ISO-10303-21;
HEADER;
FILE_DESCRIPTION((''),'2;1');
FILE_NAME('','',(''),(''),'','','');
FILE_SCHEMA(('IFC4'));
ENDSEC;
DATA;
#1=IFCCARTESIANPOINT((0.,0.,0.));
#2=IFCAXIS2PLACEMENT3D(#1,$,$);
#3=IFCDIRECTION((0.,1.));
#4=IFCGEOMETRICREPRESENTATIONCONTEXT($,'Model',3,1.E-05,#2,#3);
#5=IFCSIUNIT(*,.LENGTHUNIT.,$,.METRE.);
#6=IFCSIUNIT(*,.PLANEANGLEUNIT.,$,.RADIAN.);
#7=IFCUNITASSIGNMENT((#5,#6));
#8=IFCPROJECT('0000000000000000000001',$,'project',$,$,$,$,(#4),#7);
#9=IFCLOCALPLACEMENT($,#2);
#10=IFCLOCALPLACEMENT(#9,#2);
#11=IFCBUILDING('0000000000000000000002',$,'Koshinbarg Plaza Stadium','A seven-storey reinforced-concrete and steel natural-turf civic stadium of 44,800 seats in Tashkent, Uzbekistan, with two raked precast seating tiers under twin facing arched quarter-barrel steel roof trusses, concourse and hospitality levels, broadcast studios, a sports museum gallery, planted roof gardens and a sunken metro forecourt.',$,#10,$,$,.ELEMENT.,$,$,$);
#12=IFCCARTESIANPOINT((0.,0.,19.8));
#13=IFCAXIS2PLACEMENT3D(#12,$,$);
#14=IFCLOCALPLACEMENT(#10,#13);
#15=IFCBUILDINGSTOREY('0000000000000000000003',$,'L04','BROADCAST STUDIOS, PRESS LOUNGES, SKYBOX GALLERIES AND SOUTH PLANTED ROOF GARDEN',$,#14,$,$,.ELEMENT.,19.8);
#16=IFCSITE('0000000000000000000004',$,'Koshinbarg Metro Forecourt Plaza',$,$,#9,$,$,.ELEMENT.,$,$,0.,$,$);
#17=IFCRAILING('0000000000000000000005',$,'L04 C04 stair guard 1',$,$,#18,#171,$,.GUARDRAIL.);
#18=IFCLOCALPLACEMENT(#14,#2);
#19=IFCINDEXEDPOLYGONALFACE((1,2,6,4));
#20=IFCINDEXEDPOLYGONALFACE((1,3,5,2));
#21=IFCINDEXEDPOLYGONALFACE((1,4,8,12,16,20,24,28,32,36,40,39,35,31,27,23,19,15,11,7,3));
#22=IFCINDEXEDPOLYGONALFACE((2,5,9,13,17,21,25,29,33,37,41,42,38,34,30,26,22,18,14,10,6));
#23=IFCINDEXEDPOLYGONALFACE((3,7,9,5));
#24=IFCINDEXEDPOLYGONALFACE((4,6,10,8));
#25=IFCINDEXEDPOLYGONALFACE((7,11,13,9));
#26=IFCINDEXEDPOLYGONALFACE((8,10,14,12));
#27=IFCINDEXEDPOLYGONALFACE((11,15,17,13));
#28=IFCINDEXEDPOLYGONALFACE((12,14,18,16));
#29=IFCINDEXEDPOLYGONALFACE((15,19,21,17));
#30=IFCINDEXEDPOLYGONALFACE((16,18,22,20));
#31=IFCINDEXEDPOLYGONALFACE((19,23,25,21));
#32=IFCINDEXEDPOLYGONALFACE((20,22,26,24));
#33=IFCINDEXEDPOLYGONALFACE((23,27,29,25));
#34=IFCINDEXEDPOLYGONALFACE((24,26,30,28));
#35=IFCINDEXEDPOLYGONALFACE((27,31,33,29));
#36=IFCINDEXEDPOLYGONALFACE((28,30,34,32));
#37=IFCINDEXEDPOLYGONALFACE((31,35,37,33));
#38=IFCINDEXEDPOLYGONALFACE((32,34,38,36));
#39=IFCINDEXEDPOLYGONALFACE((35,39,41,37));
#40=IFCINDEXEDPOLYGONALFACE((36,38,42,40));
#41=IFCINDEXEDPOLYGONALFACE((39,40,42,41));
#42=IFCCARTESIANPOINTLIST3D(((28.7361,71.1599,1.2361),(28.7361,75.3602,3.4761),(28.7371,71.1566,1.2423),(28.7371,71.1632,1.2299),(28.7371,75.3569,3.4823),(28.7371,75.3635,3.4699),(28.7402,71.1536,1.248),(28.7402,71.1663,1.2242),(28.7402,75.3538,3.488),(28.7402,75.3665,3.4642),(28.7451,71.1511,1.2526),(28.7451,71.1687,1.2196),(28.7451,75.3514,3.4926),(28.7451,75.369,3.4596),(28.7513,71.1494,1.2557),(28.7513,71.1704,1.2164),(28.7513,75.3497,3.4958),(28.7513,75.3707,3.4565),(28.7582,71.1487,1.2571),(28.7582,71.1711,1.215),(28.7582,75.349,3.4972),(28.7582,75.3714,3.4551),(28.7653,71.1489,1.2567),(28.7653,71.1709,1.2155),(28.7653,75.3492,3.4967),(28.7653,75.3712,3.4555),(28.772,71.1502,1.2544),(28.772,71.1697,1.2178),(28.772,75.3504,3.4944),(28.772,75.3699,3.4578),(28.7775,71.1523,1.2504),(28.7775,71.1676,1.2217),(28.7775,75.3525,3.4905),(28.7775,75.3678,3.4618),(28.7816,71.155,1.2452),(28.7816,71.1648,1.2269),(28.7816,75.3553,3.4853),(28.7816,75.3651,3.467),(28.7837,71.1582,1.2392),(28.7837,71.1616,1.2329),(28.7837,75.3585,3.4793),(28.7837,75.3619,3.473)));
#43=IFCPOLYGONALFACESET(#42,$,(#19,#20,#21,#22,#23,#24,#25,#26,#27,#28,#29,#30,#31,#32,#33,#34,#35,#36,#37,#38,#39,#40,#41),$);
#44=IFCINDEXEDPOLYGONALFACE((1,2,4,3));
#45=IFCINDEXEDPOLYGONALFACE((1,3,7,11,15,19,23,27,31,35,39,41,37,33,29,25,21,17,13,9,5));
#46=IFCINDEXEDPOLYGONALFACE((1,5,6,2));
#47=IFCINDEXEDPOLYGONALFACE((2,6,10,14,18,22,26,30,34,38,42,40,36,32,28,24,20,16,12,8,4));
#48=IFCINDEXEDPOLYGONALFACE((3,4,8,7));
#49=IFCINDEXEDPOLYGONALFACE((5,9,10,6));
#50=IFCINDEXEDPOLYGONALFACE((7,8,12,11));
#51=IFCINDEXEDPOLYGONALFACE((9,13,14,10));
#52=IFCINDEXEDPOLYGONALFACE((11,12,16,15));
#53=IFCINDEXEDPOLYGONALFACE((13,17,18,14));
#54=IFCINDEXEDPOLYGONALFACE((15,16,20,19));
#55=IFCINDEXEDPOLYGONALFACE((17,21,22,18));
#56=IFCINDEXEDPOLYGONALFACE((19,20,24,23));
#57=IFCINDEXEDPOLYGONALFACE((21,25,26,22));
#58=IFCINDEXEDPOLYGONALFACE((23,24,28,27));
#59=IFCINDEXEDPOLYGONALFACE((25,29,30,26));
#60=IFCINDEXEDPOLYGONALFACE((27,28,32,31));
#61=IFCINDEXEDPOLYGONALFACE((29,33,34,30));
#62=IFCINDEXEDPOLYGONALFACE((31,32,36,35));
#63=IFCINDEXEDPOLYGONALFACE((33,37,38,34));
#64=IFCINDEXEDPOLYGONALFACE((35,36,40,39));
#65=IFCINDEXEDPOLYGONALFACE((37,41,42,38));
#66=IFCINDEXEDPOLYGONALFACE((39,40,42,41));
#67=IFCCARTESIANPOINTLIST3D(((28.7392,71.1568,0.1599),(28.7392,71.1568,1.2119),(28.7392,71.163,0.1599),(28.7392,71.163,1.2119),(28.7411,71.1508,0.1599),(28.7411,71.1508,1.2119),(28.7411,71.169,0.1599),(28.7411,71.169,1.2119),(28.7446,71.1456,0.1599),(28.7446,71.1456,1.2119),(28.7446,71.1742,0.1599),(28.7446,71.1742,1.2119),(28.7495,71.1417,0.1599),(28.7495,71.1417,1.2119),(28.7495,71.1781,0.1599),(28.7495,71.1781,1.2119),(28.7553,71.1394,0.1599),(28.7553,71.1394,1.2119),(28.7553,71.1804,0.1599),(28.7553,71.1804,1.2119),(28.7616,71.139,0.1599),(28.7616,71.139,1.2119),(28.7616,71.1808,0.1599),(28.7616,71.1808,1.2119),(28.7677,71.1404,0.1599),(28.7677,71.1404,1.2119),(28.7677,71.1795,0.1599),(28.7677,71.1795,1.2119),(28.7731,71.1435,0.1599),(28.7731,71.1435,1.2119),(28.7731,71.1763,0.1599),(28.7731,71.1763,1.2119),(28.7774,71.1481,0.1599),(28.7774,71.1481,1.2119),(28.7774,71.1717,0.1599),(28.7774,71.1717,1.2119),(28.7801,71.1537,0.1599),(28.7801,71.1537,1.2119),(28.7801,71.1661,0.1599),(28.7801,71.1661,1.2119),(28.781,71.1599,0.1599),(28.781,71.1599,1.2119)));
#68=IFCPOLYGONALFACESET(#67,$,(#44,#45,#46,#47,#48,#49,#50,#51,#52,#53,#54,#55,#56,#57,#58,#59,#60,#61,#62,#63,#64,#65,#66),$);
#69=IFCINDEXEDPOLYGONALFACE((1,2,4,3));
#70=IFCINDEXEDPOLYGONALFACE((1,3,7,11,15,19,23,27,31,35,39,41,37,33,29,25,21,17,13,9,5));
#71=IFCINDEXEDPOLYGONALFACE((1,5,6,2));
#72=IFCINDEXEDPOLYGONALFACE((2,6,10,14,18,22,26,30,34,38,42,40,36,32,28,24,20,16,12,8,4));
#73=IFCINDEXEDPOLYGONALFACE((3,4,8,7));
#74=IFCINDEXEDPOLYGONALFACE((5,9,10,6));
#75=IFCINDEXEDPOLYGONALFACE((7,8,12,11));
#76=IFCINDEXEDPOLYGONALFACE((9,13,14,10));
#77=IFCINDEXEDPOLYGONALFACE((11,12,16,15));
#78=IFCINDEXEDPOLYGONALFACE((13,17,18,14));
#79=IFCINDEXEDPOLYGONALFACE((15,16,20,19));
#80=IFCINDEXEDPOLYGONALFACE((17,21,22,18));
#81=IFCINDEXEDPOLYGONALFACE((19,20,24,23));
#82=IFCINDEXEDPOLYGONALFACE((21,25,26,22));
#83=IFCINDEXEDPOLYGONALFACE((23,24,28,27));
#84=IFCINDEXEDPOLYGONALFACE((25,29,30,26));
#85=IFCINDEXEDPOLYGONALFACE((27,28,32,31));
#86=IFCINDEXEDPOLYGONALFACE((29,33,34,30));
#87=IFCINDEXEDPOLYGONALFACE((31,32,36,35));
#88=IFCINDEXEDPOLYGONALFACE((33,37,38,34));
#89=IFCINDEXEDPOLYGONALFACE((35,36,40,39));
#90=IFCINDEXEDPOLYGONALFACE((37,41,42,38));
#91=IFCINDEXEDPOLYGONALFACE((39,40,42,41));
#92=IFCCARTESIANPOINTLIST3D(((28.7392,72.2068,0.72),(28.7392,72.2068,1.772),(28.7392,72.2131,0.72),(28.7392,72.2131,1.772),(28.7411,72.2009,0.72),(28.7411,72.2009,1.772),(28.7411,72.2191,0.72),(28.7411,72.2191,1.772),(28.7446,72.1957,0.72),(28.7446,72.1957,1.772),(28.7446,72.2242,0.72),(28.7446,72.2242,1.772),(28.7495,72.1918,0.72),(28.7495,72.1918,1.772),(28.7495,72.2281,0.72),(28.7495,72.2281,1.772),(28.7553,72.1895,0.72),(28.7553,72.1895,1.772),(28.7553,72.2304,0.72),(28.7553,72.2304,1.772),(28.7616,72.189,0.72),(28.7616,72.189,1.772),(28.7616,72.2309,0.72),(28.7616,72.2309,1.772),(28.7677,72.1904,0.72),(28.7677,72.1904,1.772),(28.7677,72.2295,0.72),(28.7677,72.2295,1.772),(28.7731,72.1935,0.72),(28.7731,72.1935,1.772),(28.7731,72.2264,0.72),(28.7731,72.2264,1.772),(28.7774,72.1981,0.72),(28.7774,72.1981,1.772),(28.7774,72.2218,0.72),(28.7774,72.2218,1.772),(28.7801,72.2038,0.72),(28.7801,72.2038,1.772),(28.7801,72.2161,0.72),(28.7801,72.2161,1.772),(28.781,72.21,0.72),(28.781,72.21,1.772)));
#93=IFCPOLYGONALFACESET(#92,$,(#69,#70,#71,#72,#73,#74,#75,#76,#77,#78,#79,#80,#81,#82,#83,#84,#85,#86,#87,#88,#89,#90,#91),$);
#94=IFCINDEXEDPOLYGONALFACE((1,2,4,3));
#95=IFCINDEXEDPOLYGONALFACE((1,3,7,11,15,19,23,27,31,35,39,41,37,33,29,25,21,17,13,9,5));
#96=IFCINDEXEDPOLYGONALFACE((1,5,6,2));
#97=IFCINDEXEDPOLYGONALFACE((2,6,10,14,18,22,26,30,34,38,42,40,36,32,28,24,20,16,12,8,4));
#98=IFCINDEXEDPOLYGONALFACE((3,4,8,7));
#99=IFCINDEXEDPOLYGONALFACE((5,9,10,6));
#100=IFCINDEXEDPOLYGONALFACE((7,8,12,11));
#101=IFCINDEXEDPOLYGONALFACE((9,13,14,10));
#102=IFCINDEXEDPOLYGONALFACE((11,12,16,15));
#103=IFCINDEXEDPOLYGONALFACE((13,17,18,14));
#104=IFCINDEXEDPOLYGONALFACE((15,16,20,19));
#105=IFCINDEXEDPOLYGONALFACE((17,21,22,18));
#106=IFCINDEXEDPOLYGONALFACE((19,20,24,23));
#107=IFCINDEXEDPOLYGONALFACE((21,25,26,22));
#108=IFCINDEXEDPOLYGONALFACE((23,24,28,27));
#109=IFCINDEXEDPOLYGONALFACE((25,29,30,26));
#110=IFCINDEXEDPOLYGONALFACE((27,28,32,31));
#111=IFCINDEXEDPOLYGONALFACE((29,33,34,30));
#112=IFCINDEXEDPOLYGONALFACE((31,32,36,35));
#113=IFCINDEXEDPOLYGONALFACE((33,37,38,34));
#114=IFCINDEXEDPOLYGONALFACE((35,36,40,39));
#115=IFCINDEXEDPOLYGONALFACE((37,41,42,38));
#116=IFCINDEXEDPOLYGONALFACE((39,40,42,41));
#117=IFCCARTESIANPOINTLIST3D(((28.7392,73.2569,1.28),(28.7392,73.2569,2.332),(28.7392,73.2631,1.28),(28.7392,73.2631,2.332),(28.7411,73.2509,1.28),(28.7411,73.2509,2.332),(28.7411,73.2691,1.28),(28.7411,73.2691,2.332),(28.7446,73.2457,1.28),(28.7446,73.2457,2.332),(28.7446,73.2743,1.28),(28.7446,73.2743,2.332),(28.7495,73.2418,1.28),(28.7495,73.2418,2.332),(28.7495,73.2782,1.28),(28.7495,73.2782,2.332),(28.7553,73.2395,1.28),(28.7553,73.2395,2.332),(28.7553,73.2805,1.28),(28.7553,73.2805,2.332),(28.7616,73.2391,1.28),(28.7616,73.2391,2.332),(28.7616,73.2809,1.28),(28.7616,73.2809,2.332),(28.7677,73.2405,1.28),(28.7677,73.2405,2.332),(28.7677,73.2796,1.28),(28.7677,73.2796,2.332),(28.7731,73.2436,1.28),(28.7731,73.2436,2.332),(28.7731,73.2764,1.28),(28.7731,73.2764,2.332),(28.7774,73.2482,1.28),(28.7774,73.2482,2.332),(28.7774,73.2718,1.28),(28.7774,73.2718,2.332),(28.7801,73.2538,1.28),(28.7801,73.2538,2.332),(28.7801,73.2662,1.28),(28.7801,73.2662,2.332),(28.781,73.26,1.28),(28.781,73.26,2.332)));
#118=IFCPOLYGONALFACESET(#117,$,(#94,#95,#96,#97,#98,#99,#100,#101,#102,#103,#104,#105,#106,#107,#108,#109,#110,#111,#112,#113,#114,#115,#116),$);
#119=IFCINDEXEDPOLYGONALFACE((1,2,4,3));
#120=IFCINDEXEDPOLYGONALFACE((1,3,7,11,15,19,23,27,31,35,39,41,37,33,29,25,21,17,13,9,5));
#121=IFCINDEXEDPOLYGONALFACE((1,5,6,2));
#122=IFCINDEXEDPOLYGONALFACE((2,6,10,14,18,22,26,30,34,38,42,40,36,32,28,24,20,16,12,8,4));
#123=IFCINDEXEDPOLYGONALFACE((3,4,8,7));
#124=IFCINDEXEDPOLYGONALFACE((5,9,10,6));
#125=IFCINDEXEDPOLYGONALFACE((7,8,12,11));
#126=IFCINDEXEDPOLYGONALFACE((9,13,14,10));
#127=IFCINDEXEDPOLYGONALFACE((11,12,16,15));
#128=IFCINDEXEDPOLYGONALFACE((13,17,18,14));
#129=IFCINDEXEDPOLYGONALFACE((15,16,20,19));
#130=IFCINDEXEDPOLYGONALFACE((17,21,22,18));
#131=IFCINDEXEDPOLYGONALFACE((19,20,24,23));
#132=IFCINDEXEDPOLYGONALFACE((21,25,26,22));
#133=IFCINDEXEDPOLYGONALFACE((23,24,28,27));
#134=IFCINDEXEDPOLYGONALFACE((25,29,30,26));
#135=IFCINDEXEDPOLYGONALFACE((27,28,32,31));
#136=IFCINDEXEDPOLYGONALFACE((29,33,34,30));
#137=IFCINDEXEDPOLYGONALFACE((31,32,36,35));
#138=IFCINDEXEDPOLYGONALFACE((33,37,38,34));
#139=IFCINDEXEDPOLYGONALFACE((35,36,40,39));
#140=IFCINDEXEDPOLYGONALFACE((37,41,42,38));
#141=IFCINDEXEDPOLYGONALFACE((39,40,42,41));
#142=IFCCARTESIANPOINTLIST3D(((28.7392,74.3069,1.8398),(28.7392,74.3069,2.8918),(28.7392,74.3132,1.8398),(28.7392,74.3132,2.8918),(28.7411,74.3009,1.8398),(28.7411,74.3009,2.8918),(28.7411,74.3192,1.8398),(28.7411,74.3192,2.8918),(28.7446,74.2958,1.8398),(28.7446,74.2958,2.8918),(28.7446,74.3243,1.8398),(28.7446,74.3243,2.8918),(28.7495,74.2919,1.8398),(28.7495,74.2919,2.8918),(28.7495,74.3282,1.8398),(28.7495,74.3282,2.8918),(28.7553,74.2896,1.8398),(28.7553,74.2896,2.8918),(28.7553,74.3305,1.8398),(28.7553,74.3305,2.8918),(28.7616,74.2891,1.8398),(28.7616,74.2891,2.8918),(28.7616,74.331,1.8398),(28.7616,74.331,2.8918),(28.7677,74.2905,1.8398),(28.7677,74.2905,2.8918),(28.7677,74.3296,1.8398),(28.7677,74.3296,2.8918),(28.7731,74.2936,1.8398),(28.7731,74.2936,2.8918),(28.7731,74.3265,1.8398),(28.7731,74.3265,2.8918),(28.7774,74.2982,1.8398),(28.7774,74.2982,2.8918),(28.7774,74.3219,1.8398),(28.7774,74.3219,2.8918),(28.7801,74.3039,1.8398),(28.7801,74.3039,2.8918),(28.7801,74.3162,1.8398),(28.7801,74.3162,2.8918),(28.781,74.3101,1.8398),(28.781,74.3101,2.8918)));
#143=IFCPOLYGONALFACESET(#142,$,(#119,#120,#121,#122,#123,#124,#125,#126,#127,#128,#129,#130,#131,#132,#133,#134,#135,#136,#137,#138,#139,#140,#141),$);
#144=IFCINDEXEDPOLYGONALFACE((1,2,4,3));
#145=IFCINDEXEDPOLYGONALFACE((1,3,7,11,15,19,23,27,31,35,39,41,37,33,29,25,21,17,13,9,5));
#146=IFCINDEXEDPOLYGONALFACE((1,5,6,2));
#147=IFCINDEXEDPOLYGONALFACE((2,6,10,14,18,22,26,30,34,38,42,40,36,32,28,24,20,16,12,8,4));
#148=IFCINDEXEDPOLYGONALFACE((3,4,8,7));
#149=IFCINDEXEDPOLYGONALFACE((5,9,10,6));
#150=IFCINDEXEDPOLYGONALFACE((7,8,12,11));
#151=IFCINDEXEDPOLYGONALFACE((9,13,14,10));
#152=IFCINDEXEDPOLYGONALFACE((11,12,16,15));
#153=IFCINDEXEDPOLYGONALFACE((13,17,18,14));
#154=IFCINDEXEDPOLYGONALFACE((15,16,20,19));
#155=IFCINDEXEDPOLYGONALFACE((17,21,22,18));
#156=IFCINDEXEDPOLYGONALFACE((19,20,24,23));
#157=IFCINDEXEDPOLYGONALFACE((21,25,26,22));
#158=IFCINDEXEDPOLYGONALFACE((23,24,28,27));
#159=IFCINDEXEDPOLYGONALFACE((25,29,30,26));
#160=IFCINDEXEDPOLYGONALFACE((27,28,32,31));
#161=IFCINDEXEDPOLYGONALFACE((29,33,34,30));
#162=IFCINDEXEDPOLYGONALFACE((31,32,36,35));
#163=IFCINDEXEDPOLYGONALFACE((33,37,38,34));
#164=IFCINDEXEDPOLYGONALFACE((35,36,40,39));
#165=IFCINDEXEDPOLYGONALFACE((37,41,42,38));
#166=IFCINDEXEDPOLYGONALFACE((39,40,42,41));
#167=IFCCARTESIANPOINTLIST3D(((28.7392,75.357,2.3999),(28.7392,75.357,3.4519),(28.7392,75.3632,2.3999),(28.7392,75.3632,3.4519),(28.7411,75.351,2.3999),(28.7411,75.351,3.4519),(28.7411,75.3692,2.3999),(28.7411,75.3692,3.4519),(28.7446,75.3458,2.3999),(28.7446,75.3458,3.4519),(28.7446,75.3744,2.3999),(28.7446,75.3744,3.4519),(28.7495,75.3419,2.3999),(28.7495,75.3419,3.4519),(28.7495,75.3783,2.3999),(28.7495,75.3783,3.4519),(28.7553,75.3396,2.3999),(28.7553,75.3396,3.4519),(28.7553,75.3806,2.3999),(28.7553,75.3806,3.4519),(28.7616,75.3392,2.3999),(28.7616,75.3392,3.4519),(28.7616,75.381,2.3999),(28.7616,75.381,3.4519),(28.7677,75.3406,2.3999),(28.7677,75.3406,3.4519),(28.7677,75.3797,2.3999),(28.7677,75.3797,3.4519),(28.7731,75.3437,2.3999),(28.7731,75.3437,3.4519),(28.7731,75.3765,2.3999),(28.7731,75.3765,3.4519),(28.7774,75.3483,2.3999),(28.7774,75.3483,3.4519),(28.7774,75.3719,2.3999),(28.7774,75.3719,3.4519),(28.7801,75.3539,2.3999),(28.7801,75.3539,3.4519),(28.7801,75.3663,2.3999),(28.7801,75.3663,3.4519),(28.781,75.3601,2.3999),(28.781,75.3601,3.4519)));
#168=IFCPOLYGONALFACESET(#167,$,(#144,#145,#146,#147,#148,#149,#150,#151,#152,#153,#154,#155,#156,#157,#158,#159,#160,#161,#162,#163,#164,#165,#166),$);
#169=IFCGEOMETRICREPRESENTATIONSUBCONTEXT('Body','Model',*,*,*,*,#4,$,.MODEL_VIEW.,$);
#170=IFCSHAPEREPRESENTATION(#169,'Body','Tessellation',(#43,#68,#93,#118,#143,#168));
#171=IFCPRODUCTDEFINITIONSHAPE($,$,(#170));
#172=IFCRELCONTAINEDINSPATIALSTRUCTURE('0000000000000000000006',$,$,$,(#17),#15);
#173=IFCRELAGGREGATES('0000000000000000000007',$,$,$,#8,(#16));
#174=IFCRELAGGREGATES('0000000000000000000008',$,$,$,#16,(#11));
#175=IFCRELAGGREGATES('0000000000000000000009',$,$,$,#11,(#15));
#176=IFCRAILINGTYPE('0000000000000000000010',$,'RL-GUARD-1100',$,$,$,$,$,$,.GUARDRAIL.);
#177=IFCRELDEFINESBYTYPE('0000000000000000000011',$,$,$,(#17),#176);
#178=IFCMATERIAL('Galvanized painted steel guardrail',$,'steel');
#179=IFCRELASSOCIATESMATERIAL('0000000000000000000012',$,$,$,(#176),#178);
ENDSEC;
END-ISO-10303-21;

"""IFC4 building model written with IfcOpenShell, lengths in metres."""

from ifc_helpers import new_model, si_unit, direction, frame, origin, origin_2d, place, context, subcontext, project, spatial, circle, extrude, material, type_object, element, save


model = new_model("IFC4")

# Units and contexts
model_context = context("Model", 3, precision=1e-05, world=origin(), true_north=direction((0.0, 1.0)))
body_context = subcontext(model_context, "Body", "Model", "MODEL_VIEW")
ifc_project = project(units=[si_unit("LENGTHUNIT", "METRE"), si_unit("PLANEANGLEUNIT", "RADIAN")], contexts=[model_context])

# Site, building, storey
site_placement = place(None, origin())
site = spatial("IfcSite", under=ifc_project, at=site_placement, Name="Koshinbarg Metro Forecourt Plaza", CompositionType="ELEMENT", RefElevation=0.0)
building_placement = place(site_placement, origin())
building = spatial("IfcBuilding", under=site, at=building_placement, Name="Koshinbarg Plaza Stadium", Description="A seven-storey reinforced-concrete and steel natural-turf civic stadium of 44,800 seats in Tashkent, Uzbekistan, with two raked precast seating tiers under twin facing arched quarter-barrel steel roof trusses, concourse and hospitality levels, broadcast studios, a sports museum gallery, planted roof gardens and a sunken metro forecourt.", CompositionType="ELEMENT")
storey_placement = place(building_placement, frame((0.0, 0.0, 19.8)))
storey = spatial("IfcBuildingStorey", under=building, at=storey_placement, Name="L04", Description="BROADCAST STUDIOS, PRESS LOUNGES, SKYBOX GALLERIES AND SOUTH PLANTED ROOF GARDEN", CompositionType="ELEMENT", Elevation=19.8)

# Railing
ifc_material_1 = material(Name="Galvanized painted steel guardrail", Category="steel")
railing_type_1 = type_object("IfcRailingType", Name="RL-GUARD-1100", PredefinedType="GUARDRAIL", material=ifc_material_1)
railing_1_placement = place(storey_placement, frame((28.76, 71.1599, 0.1599)))
element("IfcRailing", 1, at=railing_1_placement, inside=storey, type_object=railing_type_1, Name="L04 C04 stair guard 1", PredefinedType="GUARDRAIL", context=body_context, shape_type="SweptSolid", body=[
    extrude(circle(Radius=0.0239, at=origin_2d()), frame((0.0, 0.0, 1.0762), z_axis=(0.0, 0.882363, 0.47057), x_axis=(-1.0, 0.0, 0.0)), (0.0, 0.0, 1.0), 4.7603),
    extrude(circle(Radius=0.021, at=origin_2d()), origin(), (0.0, 0.0, 1.0), 1.052),
    extrude(circle(Radius=0.021, at=origin_2d()), frame((0.0, 1.05, 0.5601)), (0.0, 0.0, 1.0), 1.052),
    extrude(circle(Radius=0.021, at=origin_2d()), frame((0.0, 2.1001, 1.1201)), (0.0, 0.0, 1.0), 1.052),
    extrude(circle(Radius=0.021, at=origin_2d()), frame((0.0, 3.1501, 1.6799)), (0.0, 0.0, 1.0), 1.052),
    extrude(circle(Radius=0.021, at=origin_2d()), frame((0.0, 4.2002, 2.24)), (0.0, 0.0, 1.0), 1.052),
])

save(model, "model.ifc")
